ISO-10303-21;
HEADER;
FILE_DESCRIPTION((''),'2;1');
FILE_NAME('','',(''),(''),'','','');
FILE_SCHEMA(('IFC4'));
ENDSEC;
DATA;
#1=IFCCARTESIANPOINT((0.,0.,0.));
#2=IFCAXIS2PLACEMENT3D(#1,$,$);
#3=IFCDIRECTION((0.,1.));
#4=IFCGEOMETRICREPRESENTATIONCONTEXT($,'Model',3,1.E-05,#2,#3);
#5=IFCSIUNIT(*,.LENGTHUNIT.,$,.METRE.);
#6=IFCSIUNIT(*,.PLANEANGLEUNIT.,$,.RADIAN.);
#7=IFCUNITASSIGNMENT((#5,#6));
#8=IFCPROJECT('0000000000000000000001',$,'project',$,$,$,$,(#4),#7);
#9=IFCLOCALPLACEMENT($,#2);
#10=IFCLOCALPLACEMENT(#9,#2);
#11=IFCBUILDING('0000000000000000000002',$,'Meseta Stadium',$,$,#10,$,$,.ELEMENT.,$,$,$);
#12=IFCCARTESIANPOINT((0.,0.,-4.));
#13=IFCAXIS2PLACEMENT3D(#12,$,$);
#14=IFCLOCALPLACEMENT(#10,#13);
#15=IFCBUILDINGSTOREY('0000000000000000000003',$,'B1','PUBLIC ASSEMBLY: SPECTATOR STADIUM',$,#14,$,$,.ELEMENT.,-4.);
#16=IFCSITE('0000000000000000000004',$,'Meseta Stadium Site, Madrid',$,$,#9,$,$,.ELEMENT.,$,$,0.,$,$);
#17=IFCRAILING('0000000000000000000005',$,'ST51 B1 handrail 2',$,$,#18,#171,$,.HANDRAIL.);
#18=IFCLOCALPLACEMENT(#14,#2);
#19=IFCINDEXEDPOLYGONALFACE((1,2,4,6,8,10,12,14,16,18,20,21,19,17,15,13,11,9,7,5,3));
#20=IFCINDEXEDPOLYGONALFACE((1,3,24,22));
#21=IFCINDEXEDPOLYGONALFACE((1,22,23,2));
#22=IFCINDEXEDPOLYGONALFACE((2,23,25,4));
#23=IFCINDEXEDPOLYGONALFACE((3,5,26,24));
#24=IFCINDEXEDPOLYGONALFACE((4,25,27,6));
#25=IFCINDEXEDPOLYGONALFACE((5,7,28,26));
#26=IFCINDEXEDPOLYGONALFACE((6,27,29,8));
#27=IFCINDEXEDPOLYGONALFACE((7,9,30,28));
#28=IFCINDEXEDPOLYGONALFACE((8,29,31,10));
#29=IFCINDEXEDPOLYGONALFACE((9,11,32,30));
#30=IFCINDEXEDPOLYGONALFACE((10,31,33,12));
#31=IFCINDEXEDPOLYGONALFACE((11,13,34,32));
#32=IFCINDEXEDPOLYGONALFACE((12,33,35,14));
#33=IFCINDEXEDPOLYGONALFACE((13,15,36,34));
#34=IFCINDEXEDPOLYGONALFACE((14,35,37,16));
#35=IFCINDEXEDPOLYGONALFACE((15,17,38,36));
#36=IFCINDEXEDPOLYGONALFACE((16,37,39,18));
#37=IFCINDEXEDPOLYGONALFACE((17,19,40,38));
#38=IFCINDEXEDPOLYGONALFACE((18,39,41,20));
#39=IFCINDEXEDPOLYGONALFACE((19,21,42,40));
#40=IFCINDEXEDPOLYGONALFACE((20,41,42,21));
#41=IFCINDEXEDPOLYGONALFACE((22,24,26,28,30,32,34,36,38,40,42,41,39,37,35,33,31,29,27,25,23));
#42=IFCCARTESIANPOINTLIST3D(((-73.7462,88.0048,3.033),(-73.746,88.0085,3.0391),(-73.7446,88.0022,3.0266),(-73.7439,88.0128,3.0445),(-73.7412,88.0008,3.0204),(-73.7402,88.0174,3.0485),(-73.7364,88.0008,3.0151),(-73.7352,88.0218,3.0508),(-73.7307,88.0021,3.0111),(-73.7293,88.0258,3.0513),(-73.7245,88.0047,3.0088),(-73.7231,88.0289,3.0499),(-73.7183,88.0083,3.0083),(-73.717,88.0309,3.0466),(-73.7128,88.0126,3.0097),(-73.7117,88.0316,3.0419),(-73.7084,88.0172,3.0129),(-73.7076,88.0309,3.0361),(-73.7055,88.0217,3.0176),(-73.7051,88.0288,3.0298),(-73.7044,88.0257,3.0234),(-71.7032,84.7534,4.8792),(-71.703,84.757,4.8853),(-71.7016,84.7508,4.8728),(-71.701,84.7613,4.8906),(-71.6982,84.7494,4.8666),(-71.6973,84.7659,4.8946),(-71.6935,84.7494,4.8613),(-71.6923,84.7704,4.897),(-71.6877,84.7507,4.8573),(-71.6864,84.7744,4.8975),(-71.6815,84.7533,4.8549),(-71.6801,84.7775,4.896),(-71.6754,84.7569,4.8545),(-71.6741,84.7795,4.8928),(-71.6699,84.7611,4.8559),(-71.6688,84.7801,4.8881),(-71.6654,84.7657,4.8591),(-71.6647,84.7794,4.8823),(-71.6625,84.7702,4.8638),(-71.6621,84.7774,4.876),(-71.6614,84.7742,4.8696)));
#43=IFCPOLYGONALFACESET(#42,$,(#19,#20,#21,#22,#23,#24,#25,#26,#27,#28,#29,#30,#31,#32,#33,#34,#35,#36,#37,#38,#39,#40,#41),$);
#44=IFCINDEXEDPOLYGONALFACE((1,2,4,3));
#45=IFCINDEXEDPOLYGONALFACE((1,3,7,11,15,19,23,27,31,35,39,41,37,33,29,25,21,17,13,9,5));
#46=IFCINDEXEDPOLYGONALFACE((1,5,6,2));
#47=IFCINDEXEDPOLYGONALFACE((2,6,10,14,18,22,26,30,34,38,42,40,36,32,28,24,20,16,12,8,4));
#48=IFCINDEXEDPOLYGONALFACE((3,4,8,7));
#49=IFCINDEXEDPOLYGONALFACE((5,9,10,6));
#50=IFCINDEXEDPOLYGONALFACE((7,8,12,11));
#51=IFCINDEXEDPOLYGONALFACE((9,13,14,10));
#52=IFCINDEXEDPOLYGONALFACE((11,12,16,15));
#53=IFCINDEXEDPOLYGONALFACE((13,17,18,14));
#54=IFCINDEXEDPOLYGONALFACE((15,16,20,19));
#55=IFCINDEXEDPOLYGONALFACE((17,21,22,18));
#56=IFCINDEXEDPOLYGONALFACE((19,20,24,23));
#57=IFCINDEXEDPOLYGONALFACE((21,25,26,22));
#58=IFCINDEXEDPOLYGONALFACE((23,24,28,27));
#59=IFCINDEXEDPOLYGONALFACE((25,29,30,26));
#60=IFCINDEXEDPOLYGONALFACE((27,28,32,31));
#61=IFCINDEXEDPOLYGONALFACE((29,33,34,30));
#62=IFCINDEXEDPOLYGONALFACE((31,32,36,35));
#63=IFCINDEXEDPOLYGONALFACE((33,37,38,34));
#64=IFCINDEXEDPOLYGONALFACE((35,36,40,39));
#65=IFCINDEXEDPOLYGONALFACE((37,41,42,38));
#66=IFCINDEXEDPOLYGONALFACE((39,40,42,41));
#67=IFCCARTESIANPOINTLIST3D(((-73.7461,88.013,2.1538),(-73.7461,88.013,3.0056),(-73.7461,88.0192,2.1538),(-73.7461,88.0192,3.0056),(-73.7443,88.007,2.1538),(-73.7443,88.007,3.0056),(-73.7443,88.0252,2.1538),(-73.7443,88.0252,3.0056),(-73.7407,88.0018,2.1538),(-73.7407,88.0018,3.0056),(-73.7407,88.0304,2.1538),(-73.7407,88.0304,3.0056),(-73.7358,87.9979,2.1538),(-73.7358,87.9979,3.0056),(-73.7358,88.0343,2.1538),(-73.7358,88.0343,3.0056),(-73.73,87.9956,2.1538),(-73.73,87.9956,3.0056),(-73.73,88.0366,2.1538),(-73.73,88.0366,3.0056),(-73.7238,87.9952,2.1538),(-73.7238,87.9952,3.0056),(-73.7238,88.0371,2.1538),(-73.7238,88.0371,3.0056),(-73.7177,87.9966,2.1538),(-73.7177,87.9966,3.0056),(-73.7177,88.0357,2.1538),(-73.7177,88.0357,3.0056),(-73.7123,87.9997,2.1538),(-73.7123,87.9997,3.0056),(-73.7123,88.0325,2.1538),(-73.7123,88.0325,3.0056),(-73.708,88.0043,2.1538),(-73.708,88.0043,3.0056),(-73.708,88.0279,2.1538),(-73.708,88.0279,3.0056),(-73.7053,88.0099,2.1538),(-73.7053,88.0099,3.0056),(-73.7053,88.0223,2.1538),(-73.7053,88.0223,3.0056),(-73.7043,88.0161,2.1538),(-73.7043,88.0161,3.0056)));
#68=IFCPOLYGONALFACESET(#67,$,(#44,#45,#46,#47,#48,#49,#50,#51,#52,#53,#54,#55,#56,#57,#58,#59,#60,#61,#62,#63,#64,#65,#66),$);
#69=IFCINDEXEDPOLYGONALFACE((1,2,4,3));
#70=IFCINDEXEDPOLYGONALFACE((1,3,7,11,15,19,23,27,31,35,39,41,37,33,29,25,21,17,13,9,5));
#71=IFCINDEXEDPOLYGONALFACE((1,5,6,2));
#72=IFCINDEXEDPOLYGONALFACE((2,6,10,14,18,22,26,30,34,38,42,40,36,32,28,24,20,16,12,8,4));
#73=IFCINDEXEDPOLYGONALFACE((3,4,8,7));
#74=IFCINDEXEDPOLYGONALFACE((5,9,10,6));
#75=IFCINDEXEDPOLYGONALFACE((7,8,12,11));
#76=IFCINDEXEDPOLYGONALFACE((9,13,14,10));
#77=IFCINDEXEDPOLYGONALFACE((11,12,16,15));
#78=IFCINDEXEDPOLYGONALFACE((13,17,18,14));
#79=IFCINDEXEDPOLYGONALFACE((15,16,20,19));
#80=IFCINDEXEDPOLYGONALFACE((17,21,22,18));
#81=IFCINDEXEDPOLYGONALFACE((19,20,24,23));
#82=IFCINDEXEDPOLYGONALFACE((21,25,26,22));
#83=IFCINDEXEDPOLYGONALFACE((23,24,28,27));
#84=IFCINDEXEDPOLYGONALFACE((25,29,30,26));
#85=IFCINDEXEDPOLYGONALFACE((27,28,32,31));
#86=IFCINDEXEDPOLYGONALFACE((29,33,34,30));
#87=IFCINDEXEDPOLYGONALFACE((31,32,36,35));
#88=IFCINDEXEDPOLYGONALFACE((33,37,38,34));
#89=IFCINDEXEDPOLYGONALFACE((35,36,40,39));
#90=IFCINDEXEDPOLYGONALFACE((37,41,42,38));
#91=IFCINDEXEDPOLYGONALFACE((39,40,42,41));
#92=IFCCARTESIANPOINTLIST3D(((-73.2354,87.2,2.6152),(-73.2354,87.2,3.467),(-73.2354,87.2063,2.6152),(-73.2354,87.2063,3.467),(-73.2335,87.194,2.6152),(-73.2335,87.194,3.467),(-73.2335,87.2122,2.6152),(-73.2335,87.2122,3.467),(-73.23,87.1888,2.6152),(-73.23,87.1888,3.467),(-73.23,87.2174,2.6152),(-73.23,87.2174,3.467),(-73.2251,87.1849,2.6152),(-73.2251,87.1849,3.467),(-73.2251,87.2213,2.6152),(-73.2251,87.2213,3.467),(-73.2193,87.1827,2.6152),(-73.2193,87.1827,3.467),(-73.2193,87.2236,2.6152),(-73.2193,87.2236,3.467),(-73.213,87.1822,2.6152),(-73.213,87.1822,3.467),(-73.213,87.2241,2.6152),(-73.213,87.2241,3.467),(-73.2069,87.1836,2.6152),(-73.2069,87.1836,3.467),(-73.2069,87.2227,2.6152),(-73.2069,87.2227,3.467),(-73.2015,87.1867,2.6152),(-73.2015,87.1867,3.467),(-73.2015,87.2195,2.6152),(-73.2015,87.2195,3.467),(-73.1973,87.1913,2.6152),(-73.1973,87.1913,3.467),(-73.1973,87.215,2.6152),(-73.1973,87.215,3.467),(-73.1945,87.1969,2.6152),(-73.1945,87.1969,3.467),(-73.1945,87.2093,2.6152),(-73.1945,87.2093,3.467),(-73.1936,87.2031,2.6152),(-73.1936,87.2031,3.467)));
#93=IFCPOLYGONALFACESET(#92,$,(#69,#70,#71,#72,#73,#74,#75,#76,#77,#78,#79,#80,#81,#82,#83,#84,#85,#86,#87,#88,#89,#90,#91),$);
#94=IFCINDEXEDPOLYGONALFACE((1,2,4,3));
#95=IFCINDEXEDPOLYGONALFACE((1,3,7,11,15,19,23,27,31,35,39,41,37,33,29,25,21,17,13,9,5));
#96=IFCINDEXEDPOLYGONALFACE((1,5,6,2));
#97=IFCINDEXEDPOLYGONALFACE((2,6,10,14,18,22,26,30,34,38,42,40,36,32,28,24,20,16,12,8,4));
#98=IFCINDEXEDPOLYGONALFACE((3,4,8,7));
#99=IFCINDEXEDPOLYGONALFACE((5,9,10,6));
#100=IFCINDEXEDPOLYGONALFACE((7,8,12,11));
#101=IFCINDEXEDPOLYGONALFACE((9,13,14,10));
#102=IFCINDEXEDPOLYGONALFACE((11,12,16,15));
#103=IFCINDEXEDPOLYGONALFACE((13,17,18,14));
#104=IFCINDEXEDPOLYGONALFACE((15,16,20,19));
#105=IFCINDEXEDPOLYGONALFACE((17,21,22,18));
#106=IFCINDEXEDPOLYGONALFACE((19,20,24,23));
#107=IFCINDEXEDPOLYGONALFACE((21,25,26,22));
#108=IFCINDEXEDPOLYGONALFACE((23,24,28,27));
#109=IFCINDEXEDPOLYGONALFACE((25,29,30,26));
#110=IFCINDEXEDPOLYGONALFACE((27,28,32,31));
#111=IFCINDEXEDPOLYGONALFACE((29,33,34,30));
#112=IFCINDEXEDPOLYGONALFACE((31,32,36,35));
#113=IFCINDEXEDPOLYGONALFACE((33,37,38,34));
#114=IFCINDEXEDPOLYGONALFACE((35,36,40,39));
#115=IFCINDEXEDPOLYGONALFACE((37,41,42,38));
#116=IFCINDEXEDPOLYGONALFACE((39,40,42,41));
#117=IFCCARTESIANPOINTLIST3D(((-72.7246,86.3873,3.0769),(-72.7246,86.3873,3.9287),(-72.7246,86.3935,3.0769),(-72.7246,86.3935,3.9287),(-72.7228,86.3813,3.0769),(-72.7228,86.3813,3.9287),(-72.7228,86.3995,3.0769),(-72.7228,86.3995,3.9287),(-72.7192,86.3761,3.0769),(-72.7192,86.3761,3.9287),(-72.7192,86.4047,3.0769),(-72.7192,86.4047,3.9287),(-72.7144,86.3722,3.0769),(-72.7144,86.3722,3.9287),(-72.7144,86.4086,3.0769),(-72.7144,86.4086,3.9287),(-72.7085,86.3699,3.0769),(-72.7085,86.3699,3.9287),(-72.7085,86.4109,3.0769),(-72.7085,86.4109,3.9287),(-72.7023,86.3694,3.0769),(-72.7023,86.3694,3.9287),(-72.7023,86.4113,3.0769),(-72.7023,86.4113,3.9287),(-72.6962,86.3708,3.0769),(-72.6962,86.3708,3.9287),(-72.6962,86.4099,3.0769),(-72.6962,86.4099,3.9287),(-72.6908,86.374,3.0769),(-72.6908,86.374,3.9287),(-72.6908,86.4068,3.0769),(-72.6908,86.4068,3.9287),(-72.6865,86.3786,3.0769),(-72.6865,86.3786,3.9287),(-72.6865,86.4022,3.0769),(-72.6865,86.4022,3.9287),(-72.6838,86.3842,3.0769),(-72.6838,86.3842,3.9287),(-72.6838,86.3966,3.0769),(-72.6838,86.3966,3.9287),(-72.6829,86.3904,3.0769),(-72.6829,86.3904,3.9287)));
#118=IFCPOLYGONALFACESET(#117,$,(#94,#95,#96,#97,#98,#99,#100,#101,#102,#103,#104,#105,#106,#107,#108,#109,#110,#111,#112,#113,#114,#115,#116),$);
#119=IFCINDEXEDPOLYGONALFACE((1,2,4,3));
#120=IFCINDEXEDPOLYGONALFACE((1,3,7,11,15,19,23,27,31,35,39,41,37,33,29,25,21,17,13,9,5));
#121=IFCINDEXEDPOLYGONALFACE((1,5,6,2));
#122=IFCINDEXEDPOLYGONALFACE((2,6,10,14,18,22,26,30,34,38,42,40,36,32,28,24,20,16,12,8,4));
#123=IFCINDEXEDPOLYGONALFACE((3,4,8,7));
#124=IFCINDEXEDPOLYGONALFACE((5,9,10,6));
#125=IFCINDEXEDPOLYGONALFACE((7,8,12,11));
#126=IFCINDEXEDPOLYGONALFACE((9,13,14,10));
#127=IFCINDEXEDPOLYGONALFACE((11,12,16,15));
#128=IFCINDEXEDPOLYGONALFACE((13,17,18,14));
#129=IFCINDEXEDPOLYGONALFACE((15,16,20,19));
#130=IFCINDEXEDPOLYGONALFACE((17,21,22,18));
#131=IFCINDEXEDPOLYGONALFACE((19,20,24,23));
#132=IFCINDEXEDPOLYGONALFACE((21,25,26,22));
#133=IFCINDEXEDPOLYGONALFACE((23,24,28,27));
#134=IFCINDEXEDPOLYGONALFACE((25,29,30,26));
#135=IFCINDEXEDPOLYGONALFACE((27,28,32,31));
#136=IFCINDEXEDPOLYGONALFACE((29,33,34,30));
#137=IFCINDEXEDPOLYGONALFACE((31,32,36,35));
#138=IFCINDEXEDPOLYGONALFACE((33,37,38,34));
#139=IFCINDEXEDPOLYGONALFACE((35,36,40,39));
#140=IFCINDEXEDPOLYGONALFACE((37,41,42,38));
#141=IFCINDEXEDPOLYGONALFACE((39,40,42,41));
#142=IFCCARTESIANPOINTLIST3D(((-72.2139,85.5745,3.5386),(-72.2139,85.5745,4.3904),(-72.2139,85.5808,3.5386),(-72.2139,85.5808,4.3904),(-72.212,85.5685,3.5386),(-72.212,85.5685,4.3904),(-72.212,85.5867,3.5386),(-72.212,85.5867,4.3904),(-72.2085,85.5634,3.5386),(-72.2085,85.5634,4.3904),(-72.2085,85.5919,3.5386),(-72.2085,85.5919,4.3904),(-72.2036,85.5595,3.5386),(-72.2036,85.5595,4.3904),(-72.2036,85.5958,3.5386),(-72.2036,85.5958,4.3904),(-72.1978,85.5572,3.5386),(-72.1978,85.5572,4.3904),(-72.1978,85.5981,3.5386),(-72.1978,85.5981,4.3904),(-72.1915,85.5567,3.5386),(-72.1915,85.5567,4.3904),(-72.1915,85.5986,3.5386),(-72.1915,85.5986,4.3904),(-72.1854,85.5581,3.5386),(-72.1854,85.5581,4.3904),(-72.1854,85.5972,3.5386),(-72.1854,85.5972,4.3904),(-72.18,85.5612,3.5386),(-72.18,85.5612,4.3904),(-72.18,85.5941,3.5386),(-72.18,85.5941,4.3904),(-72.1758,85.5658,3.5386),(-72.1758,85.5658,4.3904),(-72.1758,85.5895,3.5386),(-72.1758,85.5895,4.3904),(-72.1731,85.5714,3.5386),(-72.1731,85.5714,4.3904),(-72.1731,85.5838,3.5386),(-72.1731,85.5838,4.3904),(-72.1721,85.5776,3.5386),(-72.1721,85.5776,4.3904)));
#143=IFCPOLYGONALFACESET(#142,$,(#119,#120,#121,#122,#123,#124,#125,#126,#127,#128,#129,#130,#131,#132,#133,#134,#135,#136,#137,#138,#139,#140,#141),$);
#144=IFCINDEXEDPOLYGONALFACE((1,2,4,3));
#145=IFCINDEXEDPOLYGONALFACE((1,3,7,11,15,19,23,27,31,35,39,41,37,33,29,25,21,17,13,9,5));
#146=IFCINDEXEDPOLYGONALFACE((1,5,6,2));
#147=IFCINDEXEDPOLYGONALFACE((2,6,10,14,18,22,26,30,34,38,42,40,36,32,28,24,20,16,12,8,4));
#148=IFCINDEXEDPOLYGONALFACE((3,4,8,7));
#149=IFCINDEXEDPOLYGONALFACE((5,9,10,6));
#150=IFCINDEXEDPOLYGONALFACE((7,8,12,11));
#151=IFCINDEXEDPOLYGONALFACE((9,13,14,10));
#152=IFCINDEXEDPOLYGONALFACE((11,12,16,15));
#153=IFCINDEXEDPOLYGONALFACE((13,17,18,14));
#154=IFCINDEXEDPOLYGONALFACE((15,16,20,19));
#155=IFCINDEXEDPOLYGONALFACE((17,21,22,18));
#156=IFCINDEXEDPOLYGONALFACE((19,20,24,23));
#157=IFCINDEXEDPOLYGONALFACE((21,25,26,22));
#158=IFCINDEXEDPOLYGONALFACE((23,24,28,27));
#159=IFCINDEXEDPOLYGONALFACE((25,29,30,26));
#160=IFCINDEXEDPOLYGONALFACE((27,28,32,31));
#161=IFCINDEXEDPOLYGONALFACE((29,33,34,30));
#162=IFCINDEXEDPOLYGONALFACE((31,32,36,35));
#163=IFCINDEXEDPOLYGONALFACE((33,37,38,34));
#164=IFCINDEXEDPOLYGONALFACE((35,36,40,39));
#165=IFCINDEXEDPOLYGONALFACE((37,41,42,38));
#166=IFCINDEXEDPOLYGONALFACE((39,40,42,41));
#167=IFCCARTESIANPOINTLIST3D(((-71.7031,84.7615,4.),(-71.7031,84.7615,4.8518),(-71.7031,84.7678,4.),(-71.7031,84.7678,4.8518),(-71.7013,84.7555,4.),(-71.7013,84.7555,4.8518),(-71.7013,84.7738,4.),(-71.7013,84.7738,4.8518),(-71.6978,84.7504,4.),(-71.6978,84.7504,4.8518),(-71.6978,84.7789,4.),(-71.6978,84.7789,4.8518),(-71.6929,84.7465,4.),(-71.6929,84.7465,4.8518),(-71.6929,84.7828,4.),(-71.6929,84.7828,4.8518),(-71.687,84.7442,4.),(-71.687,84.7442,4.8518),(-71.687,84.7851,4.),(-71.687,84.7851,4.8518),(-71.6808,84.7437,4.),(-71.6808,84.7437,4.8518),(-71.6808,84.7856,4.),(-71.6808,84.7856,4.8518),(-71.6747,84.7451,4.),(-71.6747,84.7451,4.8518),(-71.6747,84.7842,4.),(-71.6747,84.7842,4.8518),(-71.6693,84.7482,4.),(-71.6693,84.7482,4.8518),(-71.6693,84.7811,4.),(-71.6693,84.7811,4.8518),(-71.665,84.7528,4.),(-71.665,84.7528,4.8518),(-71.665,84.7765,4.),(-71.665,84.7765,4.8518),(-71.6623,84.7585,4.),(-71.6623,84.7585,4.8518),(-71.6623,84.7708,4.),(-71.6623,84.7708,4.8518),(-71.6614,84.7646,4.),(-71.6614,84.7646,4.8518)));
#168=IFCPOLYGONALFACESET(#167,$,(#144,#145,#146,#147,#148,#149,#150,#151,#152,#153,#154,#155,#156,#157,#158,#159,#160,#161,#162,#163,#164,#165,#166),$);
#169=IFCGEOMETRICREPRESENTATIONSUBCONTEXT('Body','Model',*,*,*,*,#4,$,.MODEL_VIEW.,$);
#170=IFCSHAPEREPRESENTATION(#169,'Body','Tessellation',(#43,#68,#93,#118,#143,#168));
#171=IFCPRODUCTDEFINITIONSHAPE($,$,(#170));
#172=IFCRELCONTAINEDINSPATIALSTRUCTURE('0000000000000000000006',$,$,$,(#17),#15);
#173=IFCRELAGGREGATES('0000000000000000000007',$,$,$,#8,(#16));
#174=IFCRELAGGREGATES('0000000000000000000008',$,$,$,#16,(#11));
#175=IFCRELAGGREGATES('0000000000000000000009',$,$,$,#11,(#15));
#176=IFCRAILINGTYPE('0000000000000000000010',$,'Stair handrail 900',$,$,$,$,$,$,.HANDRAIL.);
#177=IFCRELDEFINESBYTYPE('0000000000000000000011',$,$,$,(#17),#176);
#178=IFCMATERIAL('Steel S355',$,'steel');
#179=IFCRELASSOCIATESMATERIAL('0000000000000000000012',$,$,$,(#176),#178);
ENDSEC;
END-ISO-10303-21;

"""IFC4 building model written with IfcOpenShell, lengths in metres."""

from ifc_helpers import new_model, si_unit, direction, frame, origin, origin_2d, place, context, subcontext, project, spatial, circle, extrude, material, type_object, element, save


model = new_model("IFC4")

# Units and contexts
model_context = context("Model", 3, precision=1e-05, world=origin(), true_north=direction((0.0, 1.0)))
body_context = subcontext(model_context, "Body", "Model", "MODEL_VIEW")
ifc_project = project(units=[si_unit("LENGTHUNIT", "METRE"), si_unit("PLANEANGLEUNIT", "RADIAN")], contexts=[model_context])

# Site, building, storey
site_placement = place(None, origin())
site = spatial("IfcSite", under=ifc_project, at=site_placement, Name="Meseta Stadium Site, Madrid", CompositionType="ELEMENT", RefElevation=0.0)
building_placement = place(site_placement, origin())
building = spatial("IfcBuilding", under=site, at=building_placement, Name="Meseta Stadium", CompositionType="ELEMENT")
storey_placement = place(building_placement, frame((0.0, 0.0, -4.0)))
storey = spatial("IfcBuildingStorey", under=building, at=storey_placement, Name="B1", Description="PUBLIC ASSEMBLY: SPECTATOR STADIUM", CompositionType="ELEMENT", Elevation=-4.0)

# Railing
ifc_material_1 = material(Name="Steel S355", Category="steel")
railing_type_1 = type_object("IfcRailingType", Name="Stair handrail 900", PredefinedType="HANDRAIL", material=ifc_material_1)
for number, where, name in (
    (1, (-73.7253, 88.0161, 2.1538), "ST51 B1 handrail 2"),
):
    element("IfcRailing", number, at=place(storey_placement, frame(where)), inside=storey, type_object=railing_type_1, Name=name, PredefinedType="HANDRAIL", context=body_context, shape_type="SweptSolid", body=[
        extrude(circle(Radius=0.0239, at=origin_2d()), frame((0.0, 0.0, 0.876), z_axis=(0.479483, -0.763117, 0.4333), x_axis=(0.846731, 0.53202, 0.0)), (0.0, 0.0, 1.0), 4.2607),
        extrude(circle(Radius=0.021, at=origin_2d()), origin(), (0.0, 0.0, 1.0), 0.8518),
        extrude(circle(Radius=0.021, at=origin_2d()), frame((0.5107, -0.813, 0.4614)), (0.0, 0.0, 1.0), 0.8518),
        extrude(circle(Radius=0.021, at=origin_2d()), frame((1.0215, -1.6257, 0.9231)), (0.0, 0.0, 1.0), 0.8518),
        extrude(circle(Radius=0.021, at=origin_2d()), frame((1.5322, -2.4385, 1.3848)), (0.0, 0.0, 1.0), 0.8518),
        extrude(circle(Radius=0.021, at=origin_2d()), frame((2.043, -3.2515, 1.8462)), (0.0, 0.0, 1.0), 0.8518),
    ])

save(model, "model.ifc")
